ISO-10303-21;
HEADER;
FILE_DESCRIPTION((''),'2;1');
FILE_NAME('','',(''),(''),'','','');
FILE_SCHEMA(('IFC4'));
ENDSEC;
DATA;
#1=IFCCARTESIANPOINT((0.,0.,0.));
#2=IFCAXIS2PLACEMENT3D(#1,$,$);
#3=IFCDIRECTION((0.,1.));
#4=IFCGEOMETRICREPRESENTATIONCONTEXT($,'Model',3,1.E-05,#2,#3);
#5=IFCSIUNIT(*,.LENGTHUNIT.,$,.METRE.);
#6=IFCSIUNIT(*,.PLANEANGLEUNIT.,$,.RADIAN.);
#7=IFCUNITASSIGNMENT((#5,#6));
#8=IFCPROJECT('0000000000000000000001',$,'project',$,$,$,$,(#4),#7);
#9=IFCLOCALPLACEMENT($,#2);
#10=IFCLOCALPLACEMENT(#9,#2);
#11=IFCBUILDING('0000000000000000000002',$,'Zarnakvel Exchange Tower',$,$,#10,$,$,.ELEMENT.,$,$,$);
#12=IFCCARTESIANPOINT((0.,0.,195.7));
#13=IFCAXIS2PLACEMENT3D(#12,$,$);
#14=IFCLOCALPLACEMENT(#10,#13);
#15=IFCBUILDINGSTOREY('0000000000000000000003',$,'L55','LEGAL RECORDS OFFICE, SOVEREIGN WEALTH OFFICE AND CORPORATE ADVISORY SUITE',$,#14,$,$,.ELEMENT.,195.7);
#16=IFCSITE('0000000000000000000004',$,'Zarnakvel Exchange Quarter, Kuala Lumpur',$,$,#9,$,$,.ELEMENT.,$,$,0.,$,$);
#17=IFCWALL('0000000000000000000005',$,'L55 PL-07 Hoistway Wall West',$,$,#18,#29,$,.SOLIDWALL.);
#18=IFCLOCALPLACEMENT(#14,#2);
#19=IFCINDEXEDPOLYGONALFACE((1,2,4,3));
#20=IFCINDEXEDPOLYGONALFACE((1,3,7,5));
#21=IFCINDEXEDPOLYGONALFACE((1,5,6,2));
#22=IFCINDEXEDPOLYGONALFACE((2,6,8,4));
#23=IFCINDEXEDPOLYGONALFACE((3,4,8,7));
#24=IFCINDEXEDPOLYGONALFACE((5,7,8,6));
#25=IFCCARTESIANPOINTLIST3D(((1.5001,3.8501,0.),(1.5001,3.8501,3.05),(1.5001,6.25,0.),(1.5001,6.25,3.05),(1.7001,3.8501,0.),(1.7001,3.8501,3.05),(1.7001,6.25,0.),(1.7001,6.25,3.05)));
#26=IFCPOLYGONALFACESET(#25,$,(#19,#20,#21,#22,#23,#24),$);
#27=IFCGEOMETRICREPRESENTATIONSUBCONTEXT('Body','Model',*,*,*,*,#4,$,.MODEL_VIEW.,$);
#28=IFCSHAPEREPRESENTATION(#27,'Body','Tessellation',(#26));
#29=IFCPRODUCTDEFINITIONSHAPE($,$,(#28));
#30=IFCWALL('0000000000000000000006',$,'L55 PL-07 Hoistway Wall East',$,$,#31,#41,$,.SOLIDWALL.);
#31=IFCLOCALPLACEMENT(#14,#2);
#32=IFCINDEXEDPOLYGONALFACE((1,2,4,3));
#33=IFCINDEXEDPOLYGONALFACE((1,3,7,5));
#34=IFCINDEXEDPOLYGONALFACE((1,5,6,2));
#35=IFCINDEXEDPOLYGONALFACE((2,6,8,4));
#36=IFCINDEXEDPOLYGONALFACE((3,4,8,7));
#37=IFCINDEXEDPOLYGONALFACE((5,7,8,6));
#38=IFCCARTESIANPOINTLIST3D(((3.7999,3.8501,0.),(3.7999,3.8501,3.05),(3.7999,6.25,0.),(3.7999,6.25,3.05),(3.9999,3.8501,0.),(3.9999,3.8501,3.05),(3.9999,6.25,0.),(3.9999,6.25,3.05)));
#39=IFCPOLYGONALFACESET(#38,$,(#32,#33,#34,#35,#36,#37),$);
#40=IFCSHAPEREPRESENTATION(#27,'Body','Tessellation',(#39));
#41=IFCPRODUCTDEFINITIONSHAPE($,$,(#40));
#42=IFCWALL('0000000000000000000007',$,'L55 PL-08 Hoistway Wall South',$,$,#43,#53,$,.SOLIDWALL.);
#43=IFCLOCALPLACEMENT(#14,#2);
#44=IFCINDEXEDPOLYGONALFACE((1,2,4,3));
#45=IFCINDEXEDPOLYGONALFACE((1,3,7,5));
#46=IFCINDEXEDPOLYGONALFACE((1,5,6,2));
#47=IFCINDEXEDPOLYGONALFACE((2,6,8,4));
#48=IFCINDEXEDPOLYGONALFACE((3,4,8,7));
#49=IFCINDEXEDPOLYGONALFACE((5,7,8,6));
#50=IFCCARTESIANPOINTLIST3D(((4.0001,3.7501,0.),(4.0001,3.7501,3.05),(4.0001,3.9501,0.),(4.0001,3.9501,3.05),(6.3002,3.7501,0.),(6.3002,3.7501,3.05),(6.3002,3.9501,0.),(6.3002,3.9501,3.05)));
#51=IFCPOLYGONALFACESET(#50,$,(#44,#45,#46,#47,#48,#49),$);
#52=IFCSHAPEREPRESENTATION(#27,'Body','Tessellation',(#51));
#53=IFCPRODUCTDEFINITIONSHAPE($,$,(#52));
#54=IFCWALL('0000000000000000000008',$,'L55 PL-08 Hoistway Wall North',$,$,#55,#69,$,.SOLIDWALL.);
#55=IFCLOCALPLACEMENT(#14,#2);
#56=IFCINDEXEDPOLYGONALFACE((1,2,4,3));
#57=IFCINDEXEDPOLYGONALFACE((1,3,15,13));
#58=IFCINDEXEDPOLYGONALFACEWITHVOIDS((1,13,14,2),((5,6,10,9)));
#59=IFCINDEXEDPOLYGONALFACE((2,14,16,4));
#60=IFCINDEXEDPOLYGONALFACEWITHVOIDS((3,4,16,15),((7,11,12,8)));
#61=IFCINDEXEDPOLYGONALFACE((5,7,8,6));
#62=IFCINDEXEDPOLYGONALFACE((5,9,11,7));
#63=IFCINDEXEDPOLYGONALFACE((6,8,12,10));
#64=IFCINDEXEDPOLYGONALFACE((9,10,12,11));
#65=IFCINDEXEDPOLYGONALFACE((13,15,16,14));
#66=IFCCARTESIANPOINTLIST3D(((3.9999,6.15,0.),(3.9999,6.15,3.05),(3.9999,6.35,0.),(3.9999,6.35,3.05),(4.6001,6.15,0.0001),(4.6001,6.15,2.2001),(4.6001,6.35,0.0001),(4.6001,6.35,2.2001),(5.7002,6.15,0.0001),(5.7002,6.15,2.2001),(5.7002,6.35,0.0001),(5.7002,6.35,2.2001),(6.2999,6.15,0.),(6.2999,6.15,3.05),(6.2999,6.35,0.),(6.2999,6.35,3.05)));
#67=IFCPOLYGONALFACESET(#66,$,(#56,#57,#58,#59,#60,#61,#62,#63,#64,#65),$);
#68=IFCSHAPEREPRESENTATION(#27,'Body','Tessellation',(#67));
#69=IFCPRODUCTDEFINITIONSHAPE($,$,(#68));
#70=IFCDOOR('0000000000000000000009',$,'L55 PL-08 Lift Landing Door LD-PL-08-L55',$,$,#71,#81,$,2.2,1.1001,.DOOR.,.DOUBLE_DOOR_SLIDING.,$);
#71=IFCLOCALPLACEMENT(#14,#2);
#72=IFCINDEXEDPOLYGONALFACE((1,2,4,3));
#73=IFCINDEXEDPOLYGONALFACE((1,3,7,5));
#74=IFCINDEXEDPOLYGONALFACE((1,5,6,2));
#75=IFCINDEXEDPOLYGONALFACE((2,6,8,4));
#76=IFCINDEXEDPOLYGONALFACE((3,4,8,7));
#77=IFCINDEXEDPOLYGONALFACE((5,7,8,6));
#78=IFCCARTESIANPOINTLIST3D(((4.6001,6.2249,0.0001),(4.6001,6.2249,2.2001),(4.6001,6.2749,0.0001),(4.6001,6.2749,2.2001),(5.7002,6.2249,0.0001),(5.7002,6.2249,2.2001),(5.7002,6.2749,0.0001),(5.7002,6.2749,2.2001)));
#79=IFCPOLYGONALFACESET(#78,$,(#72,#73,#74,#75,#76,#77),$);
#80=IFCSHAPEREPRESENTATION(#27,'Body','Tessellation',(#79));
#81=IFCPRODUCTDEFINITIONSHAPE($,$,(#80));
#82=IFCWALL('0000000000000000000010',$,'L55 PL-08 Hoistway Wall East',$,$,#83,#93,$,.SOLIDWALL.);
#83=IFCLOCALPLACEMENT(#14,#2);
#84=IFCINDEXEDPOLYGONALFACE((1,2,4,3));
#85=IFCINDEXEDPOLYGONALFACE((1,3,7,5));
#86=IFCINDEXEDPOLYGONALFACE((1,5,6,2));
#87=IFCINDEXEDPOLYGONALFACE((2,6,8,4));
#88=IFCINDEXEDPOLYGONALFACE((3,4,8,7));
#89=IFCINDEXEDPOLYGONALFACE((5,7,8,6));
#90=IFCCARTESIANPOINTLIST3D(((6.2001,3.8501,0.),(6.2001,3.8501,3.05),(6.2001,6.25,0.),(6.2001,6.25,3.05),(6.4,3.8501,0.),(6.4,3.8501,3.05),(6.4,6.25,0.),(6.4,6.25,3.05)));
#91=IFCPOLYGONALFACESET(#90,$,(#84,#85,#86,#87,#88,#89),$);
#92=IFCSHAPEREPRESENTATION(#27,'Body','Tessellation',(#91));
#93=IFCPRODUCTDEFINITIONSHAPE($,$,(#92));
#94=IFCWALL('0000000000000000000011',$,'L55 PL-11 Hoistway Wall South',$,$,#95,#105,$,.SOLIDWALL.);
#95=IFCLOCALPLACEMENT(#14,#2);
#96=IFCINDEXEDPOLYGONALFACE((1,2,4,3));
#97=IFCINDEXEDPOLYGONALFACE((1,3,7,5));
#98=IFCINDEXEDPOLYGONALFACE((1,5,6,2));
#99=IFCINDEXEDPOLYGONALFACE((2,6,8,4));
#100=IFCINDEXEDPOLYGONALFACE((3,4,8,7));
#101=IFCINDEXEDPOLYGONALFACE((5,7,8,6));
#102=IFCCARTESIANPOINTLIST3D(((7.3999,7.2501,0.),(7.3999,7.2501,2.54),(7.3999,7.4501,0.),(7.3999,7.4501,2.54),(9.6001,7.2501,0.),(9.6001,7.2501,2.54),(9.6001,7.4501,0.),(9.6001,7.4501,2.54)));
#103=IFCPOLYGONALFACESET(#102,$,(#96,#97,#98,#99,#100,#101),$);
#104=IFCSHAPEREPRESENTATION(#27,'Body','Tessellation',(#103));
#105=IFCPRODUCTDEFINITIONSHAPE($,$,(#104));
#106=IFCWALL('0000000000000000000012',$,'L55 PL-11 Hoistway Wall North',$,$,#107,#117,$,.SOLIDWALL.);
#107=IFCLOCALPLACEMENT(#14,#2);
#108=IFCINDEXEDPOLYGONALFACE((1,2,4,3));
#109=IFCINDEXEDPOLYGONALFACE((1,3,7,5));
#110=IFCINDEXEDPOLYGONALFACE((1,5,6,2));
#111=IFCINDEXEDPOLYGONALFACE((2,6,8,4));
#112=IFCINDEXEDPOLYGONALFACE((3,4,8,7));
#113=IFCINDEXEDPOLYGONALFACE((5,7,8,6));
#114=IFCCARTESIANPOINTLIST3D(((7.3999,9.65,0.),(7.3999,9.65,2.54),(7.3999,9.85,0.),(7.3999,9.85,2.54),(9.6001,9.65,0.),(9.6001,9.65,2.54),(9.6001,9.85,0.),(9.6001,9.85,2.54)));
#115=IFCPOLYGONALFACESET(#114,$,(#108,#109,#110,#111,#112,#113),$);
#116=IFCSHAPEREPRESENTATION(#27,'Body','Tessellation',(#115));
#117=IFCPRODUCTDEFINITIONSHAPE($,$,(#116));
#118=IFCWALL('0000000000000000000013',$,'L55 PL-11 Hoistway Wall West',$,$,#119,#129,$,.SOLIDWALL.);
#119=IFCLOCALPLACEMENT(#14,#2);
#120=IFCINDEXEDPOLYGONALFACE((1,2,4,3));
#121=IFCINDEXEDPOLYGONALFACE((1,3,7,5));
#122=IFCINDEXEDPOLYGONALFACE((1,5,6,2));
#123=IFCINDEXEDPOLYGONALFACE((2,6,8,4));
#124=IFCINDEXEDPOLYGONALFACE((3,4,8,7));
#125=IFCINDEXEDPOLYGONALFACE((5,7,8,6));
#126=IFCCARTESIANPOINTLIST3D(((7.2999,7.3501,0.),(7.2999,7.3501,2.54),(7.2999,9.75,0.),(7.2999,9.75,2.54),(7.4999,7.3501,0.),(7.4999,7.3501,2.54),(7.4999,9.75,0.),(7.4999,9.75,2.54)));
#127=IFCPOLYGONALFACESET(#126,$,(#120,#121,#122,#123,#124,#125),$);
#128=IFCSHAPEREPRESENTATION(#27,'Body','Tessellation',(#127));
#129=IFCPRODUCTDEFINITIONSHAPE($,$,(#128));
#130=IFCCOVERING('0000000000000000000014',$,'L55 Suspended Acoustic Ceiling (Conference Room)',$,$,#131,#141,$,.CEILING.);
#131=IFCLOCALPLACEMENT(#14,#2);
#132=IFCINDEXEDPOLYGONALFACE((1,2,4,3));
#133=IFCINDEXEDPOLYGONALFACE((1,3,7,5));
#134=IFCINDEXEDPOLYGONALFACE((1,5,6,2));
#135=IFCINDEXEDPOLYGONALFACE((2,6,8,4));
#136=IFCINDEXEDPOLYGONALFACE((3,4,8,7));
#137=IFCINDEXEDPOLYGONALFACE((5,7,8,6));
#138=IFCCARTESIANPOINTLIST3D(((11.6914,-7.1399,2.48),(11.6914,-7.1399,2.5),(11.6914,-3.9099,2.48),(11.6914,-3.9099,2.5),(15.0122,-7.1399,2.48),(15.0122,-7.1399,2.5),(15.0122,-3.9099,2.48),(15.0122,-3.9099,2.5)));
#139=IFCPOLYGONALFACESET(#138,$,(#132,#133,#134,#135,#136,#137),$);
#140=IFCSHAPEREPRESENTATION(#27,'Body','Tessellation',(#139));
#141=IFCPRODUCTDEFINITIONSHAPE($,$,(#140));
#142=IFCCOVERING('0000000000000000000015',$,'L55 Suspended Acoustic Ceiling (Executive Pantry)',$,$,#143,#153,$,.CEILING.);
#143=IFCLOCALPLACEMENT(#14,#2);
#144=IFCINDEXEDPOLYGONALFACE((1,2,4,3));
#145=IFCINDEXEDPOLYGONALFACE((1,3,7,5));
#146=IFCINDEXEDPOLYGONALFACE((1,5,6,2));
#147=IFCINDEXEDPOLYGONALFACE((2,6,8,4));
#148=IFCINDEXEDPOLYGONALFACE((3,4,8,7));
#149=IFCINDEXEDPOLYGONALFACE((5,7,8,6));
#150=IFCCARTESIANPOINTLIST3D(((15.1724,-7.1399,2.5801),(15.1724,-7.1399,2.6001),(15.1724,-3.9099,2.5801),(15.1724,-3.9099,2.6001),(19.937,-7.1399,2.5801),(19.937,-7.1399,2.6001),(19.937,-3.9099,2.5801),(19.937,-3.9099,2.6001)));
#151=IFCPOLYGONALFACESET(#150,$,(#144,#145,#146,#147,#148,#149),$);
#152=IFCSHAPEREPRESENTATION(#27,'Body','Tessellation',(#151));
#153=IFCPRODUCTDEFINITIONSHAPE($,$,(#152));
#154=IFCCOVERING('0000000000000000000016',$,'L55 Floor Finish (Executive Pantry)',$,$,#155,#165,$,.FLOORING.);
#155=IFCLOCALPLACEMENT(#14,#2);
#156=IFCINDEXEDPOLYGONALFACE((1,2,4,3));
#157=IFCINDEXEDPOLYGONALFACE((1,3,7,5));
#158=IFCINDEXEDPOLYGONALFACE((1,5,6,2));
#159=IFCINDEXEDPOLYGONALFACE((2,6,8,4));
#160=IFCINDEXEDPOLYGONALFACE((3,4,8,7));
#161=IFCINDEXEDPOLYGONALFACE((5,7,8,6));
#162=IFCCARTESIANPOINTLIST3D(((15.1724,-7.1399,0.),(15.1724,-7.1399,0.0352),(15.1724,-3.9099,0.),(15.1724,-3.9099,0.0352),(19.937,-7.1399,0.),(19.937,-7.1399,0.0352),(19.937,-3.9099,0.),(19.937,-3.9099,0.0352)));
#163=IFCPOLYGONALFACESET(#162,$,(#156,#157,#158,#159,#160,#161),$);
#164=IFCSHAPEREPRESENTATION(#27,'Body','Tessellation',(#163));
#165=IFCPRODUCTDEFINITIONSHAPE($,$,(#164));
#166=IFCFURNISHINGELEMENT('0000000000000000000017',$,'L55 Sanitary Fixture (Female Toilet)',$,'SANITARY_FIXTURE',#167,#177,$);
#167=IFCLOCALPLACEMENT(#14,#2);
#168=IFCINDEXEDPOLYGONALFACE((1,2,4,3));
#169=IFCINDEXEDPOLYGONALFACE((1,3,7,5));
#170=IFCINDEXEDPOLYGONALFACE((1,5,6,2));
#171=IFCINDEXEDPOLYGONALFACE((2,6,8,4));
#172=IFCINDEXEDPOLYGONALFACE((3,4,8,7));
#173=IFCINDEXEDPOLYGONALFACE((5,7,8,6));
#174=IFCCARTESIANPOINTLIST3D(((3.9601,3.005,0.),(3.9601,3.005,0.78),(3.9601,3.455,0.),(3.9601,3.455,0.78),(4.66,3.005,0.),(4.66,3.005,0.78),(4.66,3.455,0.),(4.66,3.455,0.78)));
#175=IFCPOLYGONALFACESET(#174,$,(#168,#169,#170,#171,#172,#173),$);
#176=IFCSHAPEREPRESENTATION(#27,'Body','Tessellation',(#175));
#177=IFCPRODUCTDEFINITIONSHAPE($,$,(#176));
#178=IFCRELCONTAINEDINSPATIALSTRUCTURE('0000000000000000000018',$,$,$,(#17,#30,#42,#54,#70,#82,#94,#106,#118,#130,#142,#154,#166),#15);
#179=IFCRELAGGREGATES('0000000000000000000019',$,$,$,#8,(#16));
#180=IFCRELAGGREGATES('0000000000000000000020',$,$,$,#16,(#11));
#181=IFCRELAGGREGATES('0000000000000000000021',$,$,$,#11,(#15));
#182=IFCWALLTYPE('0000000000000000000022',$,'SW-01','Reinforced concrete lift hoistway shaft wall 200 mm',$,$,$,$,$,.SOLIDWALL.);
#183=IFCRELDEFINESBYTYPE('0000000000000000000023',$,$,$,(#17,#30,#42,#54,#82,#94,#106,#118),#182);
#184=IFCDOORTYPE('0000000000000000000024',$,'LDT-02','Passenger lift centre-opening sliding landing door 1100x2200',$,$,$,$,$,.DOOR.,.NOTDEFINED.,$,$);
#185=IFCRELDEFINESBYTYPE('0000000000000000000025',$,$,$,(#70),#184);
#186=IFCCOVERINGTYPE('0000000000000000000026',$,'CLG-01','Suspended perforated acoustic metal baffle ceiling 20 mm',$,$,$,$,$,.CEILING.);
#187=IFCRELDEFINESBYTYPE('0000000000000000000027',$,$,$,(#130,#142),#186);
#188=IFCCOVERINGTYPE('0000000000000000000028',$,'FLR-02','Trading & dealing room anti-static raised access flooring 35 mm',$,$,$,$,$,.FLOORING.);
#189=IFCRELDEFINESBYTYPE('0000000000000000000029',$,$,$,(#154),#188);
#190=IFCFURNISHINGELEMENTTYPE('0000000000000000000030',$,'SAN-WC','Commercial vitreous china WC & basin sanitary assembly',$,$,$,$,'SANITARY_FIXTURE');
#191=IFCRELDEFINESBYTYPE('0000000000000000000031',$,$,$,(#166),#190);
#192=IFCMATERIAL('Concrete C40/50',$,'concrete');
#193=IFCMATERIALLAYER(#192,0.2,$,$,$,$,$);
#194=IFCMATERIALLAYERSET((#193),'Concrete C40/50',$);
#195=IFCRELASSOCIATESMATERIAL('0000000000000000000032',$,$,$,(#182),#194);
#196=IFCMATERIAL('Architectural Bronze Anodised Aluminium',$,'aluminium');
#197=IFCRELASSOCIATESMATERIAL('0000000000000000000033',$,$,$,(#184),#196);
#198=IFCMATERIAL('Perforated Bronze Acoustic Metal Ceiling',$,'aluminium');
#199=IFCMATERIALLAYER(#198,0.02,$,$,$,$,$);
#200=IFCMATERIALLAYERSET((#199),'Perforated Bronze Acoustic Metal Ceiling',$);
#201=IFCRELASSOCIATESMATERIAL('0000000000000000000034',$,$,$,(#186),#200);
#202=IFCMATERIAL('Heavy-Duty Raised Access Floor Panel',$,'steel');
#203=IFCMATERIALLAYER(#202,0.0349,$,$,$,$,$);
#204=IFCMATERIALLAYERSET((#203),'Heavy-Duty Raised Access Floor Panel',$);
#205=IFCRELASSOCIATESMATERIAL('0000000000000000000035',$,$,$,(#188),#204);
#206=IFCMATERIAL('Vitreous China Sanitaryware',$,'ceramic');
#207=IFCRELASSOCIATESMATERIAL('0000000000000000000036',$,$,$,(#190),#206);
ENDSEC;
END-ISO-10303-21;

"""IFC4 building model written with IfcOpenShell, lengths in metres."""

from ifc_helpers import new_model, si_unit, direction, frame, frame_2d, origin, origin_2d, place, context, subcontext, project, spatial, polyline, rectangle, outline, extrude, source, transform, mapped, material, layer, layer_set, type_object, element, fill, save


model = new_model("IFC4")

# Units and contexts
model_context = context("Model", 3, precision=1e-05, world=origin(), true_north=direction((0.0, 1.0)))
body_context = subcontext(model_context, "Body", "Model", "MODEL_VIEW")
ifc_project = project(units=[si_unit("LENGTHUNIT", "METRE"), si_unit("PLANEANGLEUNIT", "RADIAN")], contexts=[model_context])

# Site, building, storey
site_placement = place(None, origin())
site = spatial("IfcSite", under=ifc_project, at=site_placement, Name="Zarnakvel Exchange Quarter, Kuala Lumpur", CompositionType="ELEMENT", RefElevation=0.0)
building_placement = place(site_placement, origin())
building = spatial("IfcBuilding", under=site, at=building_placement, Name="Zarnakvel Exchange Tower", CompositionType="ELEMENT")
storey_placement = place(building_placement, frame((0.0, 0.0, 195.7)))
storey = spatial("IfcBuildingStorey", under=building, at=storey_placement, Name="L55", Description="LEGAL RECORDS OFFICE, SOVEREIGN WEALTH OFFICE AND CORPORATE ADVISORY SUITE", CompositionType="ELEMENT", Elevation=195.7)

# Shared definitions
ifc_material_1 = material(Name="Concrete C40/50", Category="concrete")
ifc_layer_1 = layer(ifc_material_1, 0.2)
ifc_layer_set_1 = layer_set([ifc_layer_1], Name="Concrete C40/50")
wall_type_1 = type_object("IfcWallType", Name="SW-01", Description="Reinforced concrete lift hoistway shaft wall 200 mm", PredefinedType="SOLIDWALL", material=ifc_layer_set_1)
shared_shape_1 = source(origin(), body_context, "Body", "SweptSolid", [
    extrude(rectangle(XDim=1.1001, YDim=2.2, at=frame_2d((0.55, 1.1001))), frame((0.0, 0.0249, 0.0), z_axis=(0.0, -1.0, 0.0), x_axis=(1.0, 0.0, 0.0)), (0.0, 0.0, 1.0), 0.05),
])

# Shared definitions
ifc_material_2 = material(Name="Architectural Bronze Anodised Aluminium", Category="aluminium")
door_type_1 = type_object("IfcDoorType", Name="LDT-02", Description="Passenger lift centre-opening sliding landing door 1100x2200", OperationType="NOTDEFINED", PredefinedType="DOOR", material=ifc_material_2)

# Walls
for number, where, z_axis, x_axis, name in (
    (1, (1.6001, 3.8501, 0.0), (0.0, 0.0, 1.0), (0.0, 1.0, 0.0), "L55 PL-07 Hoistway Wall West"),
    (2, (3.8999, 6.25, 0.0), (0.0, 0.0, 1.0), (0.0, -1.0, 0.0), "L55 PL-07 Hoistway Wall East"),
):
    element("IfcWall", number, at=place(storey_placement, frame(where, z_axis=z_axis, x_axis=x_axis)), inside=storey, type_object=wall_type_1, Name=name, PredefinedType="SOLIDWALL", context=body_context, shape_type="SweptSolid", body=[
        extrude(rectangle(XDim=2.3999, YDim=0.2, at=frame_2d((1.2, 0.0))), origin(), (0.0, 0.0, 1.0), 3.05),
    ])
wall_1_placement = place(storey_placement, frame((6.3, 3.8501, 0.0), z_axis=(0.0, 0.0, 1.0), x_axis=(-1.0, 0.0, 0.0)))
element("IfcWall", 3, at=wall_1_placement, inside=storey, type_object=wall_type_1, Name="L55 PL-08 Hoistway Wall South", PredefinedType="SOLIDWALL", context=body_context, shape_type="SweptSolid", body=[
    extrude(rectangle(XDim=2.3, YDim=0.2, at=frame_2d((1.1499, 0.0))), origin(), (0.0, 0.0, 1.0), 3.05),
])

# Wall, opening, door
wall_2_placement = place(storey_placement, frame((4.0, 6.25, 0.0), z_axis=(0.0, 0.0, 1.0), x_axis=(1.0, 0.0, 0.0)))
wall_2 = element("IfcWall", 4, at=wall_2_placement, inside=storey, type_object=wall_type_1, Name="L55 PL-08 Hoistway Wall North", PredefinedType="SOLIDWALL", context=body_context, shape_type="SweptSolid", body=[
    extrude(rectangle(XDim=2.3, YDim=0.2, at=frame_2d((1.1499, 0.0))), origin(), (0.0, 0.0, 1.0), 3.05),
])
opening_1_placement = place(wall_2_placement, frame((0.6001, 0.0, 0.0)))
opening_1 = element("IfcOpeningElement", 5, at=opening_1_placement, cuts=wall_2, PredefinedType="OPENING", context=body_context, shape_type="SweptSolid", body=[
    extrude(rectangle(XDim=1.1001, YDim=2.2, at=frame_2d((0.55, 1.1001))), frame((0.0, 0.1099, 0.0), z_axis=(0.0, -1.0, 0.0), x_axis=(1.0, 0.0, 0.0)), (0.0, 0.0, 1.0), 0.22),
])
door_1_placement = place(opening_1_placement, origin())
door_1 = element("IfcDoor", 6, at=door_1_placement, inside=storey, type_object=door_type_1, Name="L55 PL-08 Lift Landing Door LD-PL-08-L55", OperationType="DOUBLE_DOOR_SLIDING", OverallHeight=2.2, OverallWidth=1.1001, PredefinedType="DOOR", context=body_context, shape_type="MappedRepresentation", body=[
    mapped(shared_shape_1, transform((0.0, 0.0, 0.0), x_axis=(1.0, 0.0, 0.0), y_axis=(0.0, 1.0, 0.0), z_axis=(0.0, 0.0, 1.0), scale=1.0)),
])
fill(opening_1, door_1)

# Walls
wall_3_placement = place(storey_placement, frame((6.3, 6.25, 0.0), z_axis=(0.0, 0.0, 1.0), x_axis=(0.0, -1.0, 0.0)))
element("IfcWall", 7, at=wall_3_placement, inside=storey, type_object=wall_type_1, Name="L55 PL-08 Hoistway Wall East", PredefinedType="SOLIDWALL", context=body_context, shape_type="SweptSolid", body=[
    extrude(rectangle(XDim=2.3999, YDim=0.2, at=frame_2d((1.2, 0.0))), origin(), (0.0, 0.0, 1.0), 3.05),
])
for number, where, z_axis, x_axis, name in (
    (8, (9.6001, 7.3501, 0.0), (0.0, 0.0, 1.0), (-1.0, 0.0, 0.0), "L55 PL-11 Hoistway Wall South"),
    (9, (7.3999, 9.75, 0.0), (0.0, 0.0, 1.0), (1.0, 0.0, 0.0), "L55 PL-11 Hoistway Wall North"),
):
    element("IfcWall", number, at=place(storey_placement, frame(where, z_axis=z_axis, x_axis=x_axis)), inside=storey, type_object=wall_type_1, Name=name, PredefinedType="SOLIDWALL", context=body_context, shape_type="SweptSolid", body=[
        extrude(rectangle(XDim=2.2002, YDim=0.2, at=frame_2d((1.1001, 0.0))), origin(), (0.0, 0.0, 1.0), 2.54),
    ])
wall_4_placement = place(storey_placement, frame((7.3999, 7.3501, 0.0), z_axis=(0.0, 0.0, 1.0), x_axis=(0.0, 1.0, 0.0)))
element("IfcWall", 10, at=wall_4_placement, inside=storey, type_object=wall_type_1, Name="L55 PL-11 Hoistway Wall West", PredefinedType="SOLIDWALL", context=body_context, shape_type="SweptSolid", body=[
    extrude(rectangle(XDim=2.3999, YDim=0.2, at=frame_2d((1.2, 0.0))), origin(), (0.0, 0.0, 1.0), 2.54),
])

# Coverings
ifc_material_3 = material(Name="Perforated Bronze Acoustic Metal Ceiling", Category="aluminium")
ifc_layer_2 = layer(ifc_material_3, 0.02)
ifc_layer_set_2 = layer_set([ifc_layer_2], Name="Perforated Bronze Acoustic Metal Ceiling")
covering_type_1 = type_object("IfcCoveringType", Name="CLG-01", Description="Suspended perforated acoustic metal baffle ceiling 20 mm", PredefinedType="CEILING", material=ifc_layer_set_2)
covering_1_placement = place(storey_placement, frame((0.0, 0.0, 2.48)))
element("IfcCovering", 11, at=covering_1_placement, inside=storey, type_object=covering_type_1, Name="L55 Suspended Acoustic Ceiling (Conference Room)", PredefinedType="CEILING", context=body_context, shape_type="SweptSolid", body=[
    extrude(outline(polyline([(11.6914, -3.9099), (15.0122, -3.9099), (15.0122, -7.1399), (11.6914, -7.1399), (11.6914, -3.9099)])), origin(), (0.0, 0.0, 1.0), 0.02),
])
covering_2_placement = place(storey_placement, frame((0.0, 0.0, 2.5801)))
element("IfcCovering", 12, at=covering_2_placement, inside=storey, type_object=covering_type_1, Name="L55 Suspended Acoustic Ceiling (Executive Pantry)", PredefinedType="CEILING", context=body_context, shape_type="SweptSolid", body=[
    extrude(outline(polyline([(15.1724, -3.9099), (19.937, -3.9099), (19.937, -7.1399), (15.1724, -7.1399), (15.1724, -3.9099)])), origin(), (0.0, 0.0, 1.0), 0.02),
])
ifc_material_4 = material(Name="Heavy-Duty Raised Access Floor Panel", Category="steel")
ifc_layer_3 = layer(ifc_material_4, 0.0349)
ifc_layer_set_3 = layer_set([ifc_layer_3], Name="Heavy-Duty Raised Access Floor Panel")
covering_type_2 = type_object("IfcCoveringType", Name="FLR-02", Description="Trading & dealing room anti-static raised access flooring 35 mm", PredefinedType="FLOORING", material=ifc_layer_set_3)
covering_3_placement = place(storey_placement, origin())
element("IfcCovering", 13, at=covering_3_placement, inside=storey, type_object=covering_type_2, Name="L55 Floor Finish (Executive Pantry)", PredefinedType="FLOORING", context=body_context, shape_type="SweptSolid", body=[
    extrude(outline(polyline([(15.1724, -3.9099), (19.937, -3.9099), (19.937, -7.1399), (15.1724, -7.1399), (15.1724, -3.9099)])), origin(), (0.0, 0.0, 1.0), 0.0352),
])

# Furnishing element
ifc_material_5 = material(Name="Vitreous China Sanitaryware", Category="ceramic")
furnishing_element_type = type_object("IfcFurnishingElementType", Name="SAN-WC", Description="Commercial vitreous china WC & basin sanitary assembly", ElementType="SANITARY_FIXTURE", material=ifc_material_5)
shared_shape_2 = source(origin(), body_context, "Body", "SweptSolid", [
    extrude(rectangle(XDim=0.7, YDim=0.45, at=origin_2d()), origin(), (0.0, 0.0, 1.0), 0.78),
])
furnishing_placement = place(storey_placement, frame((4.3101, 3.23, 0.0), z_axis=(0.0, 0.0, 1.0), x_axis=(1.0, 0.0, 0.0)))
element("IfcFurnishingElement", 14, at=furnishing_placement, inside=storey, type_object=furnishing_element_type, Name="L55 Sanitary Fixture (Female Toilet)", ObjectType="SANITARY_FIXTURE", context=body_context, shape_type="MappedRepresentation", body=[
    mapped(shared_shape_2, transform((0.0, 0.0, 0.0), x_axis=(1.0, 0.0, 0.0), y_axis=(0.0, 1.0, 0.0), z_axis=(0.0, 0.0, 1.0), scale=1.0)),
])

save(model, "model.ifc")
